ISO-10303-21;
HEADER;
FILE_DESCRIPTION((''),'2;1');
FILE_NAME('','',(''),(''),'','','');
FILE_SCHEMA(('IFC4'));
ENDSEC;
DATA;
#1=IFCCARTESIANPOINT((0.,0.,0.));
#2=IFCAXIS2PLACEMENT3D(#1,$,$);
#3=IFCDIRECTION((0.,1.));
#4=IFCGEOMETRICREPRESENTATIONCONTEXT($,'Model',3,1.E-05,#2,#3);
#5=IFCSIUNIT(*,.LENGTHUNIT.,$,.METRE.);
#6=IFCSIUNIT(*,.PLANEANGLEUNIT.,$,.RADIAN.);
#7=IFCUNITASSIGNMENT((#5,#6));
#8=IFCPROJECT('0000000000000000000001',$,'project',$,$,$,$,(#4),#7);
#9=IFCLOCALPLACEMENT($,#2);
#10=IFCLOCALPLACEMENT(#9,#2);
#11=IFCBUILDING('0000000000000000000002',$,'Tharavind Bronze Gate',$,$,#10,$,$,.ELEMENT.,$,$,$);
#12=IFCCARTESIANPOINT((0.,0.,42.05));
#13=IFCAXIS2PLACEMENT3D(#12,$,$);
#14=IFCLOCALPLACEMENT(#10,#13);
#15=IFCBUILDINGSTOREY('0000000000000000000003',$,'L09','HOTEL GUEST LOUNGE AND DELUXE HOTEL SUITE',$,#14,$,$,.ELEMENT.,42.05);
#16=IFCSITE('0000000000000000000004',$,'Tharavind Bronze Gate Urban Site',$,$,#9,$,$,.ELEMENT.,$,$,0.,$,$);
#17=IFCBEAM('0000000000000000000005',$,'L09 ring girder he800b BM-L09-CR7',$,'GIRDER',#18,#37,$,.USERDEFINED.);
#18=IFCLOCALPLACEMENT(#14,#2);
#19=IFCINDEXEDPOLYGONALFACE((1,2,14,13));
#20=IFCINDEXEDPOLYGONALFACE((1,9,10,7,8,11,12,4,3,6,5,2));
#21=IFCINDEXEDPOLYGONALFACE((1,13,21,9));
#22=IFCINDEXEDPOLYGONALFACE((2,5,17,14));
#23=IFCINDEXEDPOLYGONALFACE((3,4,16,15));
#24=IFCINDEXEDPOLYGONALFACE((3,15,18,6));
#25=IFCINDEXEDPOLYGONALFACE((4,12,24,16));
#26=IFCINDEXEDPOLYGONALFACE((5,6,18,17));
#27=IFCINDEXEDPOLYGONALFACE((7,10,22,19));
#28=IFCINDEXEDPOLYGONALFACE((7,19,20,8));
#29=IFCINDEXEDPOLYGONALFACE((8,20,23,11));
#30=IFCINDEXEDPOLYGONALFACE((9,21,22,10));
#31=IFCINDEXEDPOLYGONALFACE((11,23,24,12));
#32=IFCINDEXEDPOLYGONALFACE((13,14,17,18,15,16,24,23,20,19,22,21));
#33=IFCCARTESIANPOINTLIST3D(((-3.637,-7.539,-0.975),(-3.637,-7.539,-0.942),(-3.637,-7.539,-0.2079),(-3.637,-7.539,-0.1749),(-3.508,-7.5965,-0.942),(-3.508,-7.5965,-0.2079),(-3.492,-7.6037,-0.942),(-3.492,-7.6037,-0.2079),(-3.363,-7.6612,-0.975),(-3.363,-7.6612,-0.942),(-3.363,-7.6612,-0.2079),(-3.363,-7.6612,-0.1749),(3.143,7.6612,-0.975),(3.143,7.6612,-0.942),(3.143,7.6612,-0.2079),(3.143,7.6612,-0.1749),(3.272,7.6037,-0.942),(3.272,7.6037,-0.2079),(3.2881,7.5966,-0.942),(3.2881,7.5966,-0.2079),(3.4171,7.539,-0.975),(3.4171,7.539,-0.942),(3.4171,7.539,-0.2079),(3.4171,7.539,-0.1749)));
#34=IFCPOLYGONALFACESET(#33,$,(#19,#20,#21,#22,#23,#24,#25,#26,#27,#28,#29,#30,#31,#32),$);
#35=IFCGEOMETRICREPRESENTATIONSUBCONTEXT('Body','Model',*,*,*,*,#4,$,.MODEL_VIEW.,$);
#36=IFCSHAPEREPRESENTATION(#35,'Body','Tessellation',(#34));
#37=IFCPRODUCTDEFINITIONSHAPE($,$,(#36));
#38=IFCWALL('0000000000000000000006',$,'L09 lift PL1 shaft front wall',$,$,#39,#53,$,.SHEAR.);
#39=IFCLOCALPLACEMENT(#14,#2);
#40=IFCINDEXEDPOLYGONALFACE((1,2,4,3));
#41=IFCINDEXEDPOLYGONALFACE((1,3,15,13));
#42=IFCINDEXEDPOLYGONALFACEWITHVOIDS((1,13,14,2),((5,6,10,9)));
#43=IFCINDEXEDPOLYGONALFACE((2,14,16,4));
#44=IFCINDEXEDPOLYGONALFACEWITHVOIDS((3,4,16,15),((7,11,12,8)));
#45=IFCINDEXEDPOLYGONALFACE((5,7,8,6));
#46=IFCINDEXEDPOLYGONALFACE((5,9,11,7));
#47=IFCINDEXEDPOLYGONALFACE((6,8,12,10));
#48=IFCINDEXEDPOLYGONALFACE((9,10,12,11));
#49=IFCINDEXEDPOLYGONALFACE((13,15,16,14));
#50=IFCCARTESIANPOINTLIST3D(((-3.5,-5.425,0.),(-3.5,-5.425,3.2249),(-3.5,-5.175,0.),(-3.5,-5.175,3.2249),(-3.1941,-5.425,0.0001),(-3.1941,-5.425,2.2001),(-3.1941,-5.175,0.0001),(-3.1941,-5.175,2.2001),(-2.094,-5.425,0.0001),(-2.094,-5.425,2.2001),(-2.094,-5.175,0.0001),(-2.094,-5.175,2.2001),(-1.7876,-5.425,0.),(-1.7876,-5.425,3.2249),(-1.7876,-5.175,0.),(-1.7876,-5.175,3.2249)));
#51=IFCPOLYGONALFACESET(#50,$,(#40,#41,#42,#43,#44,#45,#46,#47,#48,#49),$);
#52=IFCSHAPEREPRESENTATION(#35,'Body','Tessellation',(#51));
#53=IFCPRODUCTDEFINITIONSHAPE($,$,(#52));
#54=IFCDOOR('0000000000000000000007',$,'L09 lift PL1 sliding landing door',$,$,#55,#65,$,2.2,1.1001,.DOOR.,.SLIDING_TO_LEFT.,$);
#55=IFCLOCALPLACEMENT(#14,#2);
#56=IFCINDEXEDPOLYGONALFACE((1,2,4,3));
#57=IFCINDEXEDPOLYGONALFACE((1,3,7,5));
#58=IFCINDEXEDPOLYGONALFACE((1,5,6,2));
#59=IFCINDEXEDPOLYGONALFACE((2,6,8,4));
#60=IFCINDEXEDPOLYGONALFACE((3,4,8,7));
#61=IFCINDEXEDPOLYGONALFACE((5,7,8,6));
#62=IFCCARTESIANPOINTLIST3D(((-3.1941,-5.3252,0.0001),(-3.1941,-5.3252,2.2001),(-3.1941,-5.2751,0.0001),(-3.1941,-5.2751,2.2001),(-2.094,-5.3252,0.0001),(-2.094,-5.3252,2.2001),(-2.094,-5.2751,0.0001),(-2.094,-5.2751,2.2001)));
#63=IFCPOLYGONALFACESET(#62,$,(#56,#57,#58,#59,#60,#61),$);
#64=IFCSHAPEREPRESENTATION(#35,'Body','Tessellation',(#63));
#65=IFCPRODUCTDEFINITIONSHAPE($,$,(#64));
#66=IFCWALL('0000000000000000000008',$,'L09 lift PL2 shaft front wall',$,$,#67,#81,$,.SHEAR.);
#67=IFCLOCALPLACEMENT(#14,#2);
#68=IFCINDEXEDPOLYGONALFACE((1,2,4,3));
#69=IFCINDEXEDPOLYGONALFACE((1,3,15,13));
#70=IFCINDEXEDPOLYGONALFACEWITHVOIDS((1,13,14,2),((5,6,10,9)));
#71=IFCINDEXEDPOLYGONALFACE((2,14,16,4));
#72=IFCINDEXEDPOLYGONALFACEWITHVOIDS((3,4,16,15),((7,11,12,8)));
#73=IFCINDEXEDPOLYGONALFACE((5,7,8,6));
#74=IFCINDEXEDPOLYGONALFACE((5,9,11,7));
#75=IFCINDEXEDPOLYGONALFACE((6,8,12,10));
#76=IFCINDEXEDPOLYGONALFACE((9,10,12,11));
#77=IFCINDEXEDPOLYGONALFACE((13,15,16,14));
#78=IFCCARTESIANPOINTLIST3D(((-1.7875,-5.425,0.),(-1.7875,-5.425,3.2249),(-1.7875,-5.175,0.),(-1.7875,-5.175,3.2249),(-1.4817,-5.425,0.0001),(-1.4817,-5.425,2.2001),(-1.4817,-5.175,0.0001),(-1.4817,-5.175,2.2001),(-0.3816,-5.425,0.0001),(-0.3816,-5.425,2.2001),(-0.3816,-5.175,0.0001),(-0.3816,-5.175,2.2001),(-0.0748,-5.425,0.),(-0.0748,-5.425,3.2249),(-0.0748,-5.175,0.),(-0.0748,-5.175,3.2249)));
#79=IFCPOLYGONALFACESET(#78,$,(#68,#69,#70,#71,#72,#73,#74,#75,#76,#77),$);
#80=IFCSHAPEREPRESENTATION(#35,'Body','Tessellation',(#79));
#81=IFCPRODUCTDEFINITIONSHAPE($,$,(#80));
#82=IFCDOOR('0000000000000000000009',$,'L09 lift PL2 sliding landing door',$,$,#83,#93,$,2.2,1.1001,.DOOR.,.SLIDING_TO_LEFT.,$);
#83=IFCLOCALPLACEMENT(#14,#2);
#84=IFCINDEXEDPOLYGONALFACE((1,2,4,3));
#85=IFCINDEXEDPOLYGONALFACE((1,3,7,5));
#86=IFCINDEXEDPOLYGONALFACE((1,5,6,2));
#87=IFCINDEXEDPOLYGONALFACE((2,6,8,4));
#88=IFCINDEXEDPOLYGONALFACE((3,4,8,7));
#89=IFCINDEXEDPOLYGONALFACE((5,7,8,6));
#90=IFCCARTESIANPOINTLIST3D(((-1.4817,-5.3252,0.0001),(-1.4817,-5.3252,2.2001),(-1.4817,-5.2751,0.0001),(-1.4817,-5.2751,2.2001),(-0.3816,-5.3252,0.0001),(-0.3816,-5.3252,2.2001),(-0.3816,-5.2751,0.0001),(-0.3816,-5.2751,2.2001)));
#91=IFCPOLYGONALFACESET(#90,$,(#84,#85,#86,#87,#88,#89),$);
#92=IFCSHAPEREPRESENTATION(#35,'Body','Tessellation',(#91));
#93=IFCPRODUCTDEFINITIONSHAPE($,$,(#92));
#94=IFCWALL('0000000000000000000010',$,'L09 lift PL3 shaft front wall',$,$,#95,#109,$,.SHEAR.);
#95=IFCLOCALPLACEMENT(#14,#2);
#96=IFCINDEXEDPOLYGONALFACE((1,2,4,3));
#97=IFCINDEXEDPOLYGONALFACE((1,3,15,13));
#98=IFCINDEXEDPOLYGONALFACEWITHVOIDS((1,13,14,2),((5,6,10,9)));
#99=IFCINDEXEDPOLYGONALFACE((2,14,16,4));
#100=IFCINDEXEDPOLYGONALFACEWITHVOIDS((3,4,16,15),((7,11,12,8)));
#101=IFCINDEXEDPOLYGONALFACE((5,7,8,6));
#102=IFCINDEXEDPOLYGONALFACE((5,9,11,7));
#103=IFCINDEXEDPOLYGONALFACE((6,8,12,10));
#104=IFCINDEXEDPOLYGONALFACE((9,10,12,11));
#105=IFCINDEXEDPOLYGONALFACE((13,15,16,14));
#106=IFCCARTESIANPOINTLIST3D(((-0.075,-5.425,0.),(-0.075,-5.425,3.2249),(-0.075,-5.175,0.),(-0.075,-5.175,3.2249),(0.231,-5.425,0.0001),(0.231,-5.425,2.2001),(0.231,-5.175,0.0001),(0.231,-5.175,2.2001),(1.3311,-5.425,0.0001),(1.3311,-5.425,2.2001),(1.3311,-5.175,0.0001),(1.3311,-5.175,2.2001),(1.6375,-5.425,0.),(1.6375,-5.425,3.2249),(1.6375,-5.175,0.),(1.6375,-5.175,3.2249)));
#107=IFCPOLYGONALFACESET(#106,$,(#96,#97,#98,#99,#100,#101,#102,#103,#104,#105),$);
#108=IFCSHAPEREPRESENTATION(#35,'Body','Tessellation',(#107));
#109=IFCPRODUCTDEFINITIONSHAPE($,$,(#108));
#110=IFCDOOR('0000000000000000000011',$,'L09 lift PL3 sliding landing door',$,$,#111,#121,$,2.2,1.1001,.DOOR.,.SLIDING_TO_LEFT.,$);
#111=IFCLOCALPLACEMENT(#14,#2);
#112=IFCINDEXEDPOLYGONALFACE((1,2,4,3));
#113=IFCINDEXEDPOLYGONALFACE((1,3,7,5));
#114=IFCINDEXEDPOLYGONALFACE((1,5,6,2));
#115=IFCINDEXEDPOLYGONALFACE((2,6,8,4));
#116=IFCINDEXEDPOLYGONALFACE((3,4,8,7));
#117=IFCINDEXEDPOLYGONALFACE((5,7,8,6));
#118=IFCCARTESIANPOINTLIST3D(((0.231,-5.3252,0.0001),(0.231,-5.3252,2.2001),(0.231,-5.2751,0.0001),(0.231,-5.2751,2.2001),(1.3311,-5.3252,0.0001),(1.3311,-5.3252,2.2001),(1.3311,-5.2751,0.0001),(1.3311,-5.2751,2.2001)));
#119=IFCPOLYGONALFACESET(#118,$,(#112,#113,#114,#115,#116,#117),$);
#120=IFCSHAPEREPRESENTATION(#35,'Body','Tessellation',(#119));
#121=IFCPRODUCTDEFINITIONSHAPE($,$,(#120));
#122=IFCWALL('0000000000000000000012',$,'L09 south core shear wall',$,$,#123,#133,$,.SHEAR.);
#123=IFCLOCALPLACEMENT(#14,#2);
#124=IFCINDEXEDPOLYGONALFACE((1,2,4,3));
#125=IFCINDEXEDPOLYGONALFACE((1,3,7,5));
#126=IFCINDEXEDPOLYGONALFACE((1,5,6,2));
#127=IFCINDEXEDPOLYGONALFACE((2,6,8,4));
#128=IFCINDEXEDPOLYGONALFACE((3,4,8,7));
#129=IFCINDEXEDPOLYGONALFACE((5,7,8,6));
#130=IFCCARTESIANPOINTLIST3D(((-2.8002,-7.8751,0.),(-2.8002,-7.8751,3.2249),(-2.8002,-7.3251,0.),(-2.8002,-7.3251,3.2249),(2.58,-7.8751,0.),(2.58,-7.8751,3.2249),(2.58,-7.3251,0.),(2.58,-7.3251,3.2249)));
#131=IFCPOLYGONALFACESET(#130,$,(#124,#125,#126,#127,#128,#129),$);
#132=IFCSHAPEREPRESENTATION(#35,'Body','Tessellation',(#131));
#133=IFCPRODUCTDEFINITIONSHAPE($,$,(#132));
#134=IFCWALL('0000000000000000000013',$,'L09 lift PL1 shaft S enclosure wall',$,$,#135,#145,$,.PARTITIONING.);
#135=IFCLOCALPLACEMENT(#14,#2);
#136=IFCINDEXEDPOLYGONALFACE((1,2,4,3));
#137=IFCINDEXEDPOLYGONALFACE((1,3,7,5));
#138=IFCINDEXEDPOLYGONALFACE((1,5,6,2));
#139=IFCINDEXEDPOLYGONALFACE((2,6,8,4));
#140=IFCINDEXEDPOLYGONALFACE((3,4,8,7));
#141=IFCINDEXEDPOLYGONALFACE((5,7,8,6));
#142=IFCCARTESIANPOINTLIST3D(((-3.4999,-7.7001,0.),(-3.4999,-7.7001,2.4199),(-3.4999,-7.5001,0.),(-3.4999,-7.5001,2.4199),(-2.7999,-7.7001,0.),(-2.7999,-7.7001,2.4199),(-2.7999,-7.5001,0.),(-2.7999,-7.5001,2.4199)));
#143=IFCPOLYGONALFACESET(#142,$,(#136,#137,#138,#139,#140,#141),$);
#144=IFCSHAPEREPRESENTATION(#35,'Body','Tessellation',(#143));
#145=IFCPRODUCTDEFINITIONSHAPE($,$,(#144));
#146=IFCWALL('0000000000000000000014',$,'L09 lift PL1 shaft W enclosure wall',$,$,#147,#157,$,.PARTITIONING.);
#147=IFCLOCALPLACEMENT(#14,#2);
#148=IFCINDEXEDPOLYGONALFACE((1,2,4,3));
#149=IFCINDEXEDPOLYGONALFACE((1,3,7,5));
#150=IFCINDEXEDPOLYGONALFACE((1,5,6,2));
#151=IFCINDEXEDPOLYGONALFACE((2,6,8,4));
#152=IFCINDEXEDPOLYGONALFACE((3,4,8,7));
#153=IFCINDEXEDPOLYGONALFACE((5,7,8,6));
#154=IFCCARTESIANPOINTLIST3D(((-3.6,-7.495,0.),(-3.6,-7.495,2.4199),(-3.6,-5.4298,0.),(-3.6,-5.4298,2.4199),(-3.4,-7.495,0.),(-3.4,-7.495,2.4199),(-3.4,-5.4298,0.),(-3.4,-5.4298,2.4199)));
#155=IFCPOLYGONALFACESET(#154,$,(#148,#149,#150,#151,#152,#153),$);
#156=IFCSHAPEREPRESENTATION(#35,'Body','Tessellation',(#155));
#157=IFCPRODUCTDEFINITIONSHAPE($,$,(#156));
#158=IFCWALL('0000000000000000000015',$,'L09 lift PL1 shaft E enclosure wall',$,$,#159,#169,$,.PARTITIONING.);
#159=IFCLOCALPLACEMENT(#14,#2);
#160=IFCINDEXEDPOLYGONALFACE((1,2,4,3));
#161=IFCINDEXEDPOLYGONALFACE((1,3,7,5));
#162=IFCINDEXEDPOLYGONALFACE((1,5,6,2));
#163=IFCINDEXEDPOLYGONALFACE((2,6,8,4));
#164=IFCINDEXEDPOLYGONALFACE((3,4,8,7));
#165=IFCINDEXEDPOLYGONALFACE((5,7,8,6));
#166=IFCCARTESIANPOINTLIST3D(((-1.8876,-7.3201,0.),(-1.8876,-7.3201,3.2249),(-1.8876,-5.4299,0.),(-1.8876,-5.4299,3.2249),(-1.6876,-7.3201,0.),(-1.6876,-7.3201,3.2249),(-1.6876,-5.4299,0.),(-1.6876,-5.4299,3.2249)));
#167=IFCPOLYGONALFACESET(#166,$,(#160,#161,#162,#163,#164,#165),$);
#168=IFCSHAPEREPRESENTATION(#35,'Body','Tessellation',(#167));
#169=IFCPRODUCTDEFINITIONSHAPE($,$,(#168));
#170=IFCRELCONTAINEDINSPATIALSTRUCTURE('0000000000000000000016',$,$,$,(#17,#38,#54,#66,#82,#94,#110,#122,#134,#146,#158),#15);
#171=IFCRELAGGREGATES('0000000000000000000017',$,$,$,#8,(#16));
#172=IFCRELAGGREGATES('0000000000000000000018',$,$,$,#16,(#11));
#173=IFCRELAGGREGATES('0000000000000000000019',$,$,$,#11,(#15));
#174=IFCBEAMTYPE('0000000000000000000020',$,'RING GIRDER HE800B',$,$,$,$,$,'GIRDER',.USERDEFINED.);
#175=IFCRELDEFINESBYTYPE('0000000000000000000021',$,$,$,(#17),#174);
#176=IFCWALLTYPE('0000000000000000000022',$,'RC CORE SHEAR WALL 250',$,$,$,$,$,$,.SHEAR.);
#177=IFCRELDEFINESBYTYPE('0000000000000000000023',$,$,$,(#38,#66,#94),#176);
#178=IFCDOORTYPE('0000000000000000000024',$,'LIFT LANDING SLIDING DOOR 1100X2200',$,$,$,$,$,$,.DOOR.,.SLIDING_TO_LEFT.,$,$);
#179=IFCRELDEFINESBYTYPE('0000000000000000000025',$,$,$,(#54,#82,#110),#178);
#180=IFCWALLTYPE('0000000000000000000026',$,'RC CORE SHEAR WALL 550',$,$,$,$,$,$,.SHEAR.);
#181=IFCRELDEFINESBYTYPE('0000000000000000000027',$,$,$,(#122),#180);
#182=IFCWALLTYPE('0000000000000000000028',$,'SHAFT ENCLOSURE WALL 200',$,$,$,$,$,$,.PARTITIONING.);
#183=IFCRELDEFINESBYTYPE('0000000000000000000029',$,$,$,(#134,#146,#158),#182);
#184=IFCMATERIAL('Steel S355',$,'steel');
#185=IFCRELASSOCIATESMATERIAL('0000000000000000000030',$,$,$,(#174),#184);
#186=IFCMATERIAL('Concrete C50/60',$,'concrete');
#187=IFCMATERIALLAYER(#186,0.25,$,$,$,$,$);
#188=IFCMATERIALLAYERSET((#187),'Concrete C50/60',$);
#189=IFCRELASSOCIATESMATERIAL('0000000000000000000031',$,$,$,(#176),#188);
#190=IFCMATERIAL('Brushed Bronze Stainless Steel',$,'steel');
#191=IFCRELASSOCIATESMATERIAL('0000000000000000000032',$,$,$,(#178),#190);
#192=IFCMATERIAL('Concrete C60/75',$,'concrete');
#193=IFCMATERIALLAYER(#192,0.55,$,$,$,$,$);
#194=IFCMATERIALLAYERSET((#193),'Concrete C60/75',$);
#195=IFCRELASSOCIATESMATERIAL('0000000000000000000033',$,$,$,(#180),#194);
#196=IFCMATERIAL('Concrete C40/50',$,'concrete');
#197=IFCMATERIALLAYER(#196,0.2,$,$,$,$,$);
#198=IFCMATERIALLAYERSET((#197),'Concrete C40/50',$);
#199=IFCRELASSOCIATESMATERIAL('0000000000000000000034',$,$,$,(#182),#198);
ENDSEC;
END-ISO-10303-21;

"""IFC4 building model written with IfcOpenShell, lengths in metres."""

from ifc_helpers import new_model, si_unit, direction, frame, frame_2d, origin, origin_2d, place, context, subcontext, project, spatial, rectangle, i_section, extrude, material, layer, layer_set, material_profile, profile_set, type_object, element, fill, save


model = new_model("IFC4")

# Units and contexts
model_context = context("Model", 3, precision=1e-05, world=origin(), true_north=direction((0.0, 1.0)))
body_context = subcontext(model_context, "Body", "Model", "MODEL_VIEW")
ifc_project = project(units=[si_unit("LENGTHUNIT", "METRE"), si_unit("PLANEANGLEUNIT", "RADIAN")], contexts=[model_context])

# Site, building, storey
site_placement = place(None, origin())
site = spatial("IfcSite", under=ifc_project, at=site_placement, Name="Tharavind Bronze Gate Urban Site", CompositionType="ELEMENT", RefElevation=0.0)
building_placement = place(site_placement, origin())
building = spatial("IfcBuilding", under=site, at=building_placement, Name="Tharavind Bronze Gate", CompositionType="ELEMENT")
storey_placement = place(building_placement, frame((0.0, 0.0, 42.05)))
storey = spatial("IfcBuildingStorey", under=building, at=storey_placement, Name="L09", Description="HOTEL GUEST LOUNGE AND DELUXE HOTEL SUITE", CompositionType="ELEMENT", Elevation=42.05)

# Beam
ifc_material_1 = material(Name="Steel S355", Category="steel")
ifc_material_profile = material_profile(ifc_material_1, i_section(OverallWidth=0.3, OverallDepth=0.8, WebThickness=0.0176, FlangeThickness=0.033, at=origin_2d()), Name="HE800B")
ifc_profile_set = profile_set([ifc_material_profile], Name="Steel S355")
beam_type = type_object("IfcBeamType", Name="RING GIRDER HE800B", ElementType="GIRDER", PredefinedType="USERDEFINED", material=ifc_profile_set)
beam_placement = place(storey_placement, frame((-3.5, -7.6001, -0.575), z_axis=(0.407362, 0.913267, 0.0), x_axis=(-0.913267, 0.407362, 0.0)))
element("IfcBeam", 1, at=beam_placement, inside=storey, type_object=beam_type, Name="L09 ring girder he800b BM-L09-CR7", ObjectType="GIRDER", PredefinedType="USERDEFINED", context=body_context, shape_type="SweptSolid", body=[
    extrude(i_section(OverallWidth=0.3, OverallDepth=0.8, WebThickness=0.0176, FlangeThickness=0.033, at=origin_2d()), origin(), (0.0, 0.0, 1.0), 16.6438),
])

# Walls, openings, doors
ifc_material_2 = material(Name="Concrete C50/60", Category="concrete")
ifc_layer_1 = layer(ifc_material_2, 0.25)
ifc_layer_set_1 = layer_set([ifc_layer_1], Name="Concrete C50/60")
wall_type_1 = type_object("IfcWallType", Name="RC CORE SHEAR WALL 250", PredefinedType="SHEAR", material=ifc_layer_set_1)
wall_1_placement = place(storey_placement, frame((-3.5, -5.3, 0.0), z_axis=(0.0, 0.0, 1.0), x_axis=(1.0, 0.0, 0.0)))
wall_1 = element("IfcWall", 2, at=wall_1_placement, inside=storey, type_object=wall_type_1, Name="L09 lift PL1 shaft front wall", PredefinedType="SHEAR", context=body_context, shape_type="SweptSolid", body=[
    extrude(rectangle(XDim=1.7124, YDim=0.25, at=frame_2d((0.8562, 0.0))), origin(), (0.0, 0.0, 1.0), 3.2249),
])
opening_1_placement = place(wall_1_placement, frame((0.3059, 0.0, 0.0)))
opening_1 = element("IfcOpeningElement", 3, at=opening_1_placement, cuts=wall_1, PredefinedType="OPENING", context=body_context, shape_type="SweptSolid", body=[
    extrude(rectangle(XDim=1.1001, YDim=2.2, at=frame_2d((0.55, 1.1001))), frame((0.0, 0.135, 0.0), z_axis=(0.0, -1.0, 0.0), x_axis=(1.0, 0.0, 0.0)), (0.0, 0.0, 1.0), 0.27),
])
ifc_material_3 = material(Name="Brushed Bronze Stainless Steel", Category="steel")
door_type_1 = type_object("IfcDoorType", Name="LIFT LANDING SLIDING DOOR 1100X2200", OperationType="SLIDING_TO_LEFT", PredefinedType="DOOR", material=ifc_material_3)
door_1_placement = place(opening_1_placement, origin())
door_1 = element("IfcDoor", 4, at=door_1_placement, inside=storey, type_object=door_type_1, Name="L09 lift PL1 sliding landing door", OperationType="SLIDING_TO_LEFT", OverallHeight=2.2, OverallWidth=1.1001, PredefinedType="DOOR", context=body_context, shape_type="SweptSolid", body=[
    extrude(rectangle(XDim=1.1001, YDim=2.2, at=frame_2d((0.55, 1.1001))), frame((0.0, 0.0249, 0.0), z_axis=(0.0, -1.0, 0.0), x_axis=(1.0, 0.0, 0.0)), (0.0, 0.0, 1.0), 0.05),
])
fill(opening_1, door_1)
wall_2_placement = place(storey_placement, frame((-1.7876, -5.3, 0.0), z_axis=(0.0, 0.0, 1.0), x_axis=(1.0, 0.0, 0.0)))
wall_2 = element("IfcWall", 5, at=wall_2_placement, inside=storey, type_object=wall_type_1, Name="L09 lift PL2 shaft front wall", PredefinedType="SHEAR", context=body_context, shape_type="SweptSolid", body=[
    extrude(rectangle(XDim=1.7126, YDim=0.25, at=frame_2d((0.8564, 0.0))), origin(), (0.0, 0.0, 1.0), 3.2249),
])
opening_2_placement = place(wall_2_placement, frame((0.3059, 0.0, 0.0)))
opening_2 = element("IfcOpeningElement", 6, at=opening_2_placement, cuts=wall_2, PredefinedType="OPENING", context=body_context, shape_type="SweptSolid", body=[
    extrude(rectangle(XDim=1.1001, YDim=2.2, at=frame_2d((0.55, 1.1001))), frame((0.0, 0.135, 0.0), z_axis=(0.0, -1.0, 0.0), x_axis=(1.0, 0.0, 0.0)), (0.0, 0.0, 1.0), 0.27),
])
door_2_placement = place(opening_2_placement, origin())
door_2 = element("IfcDoor", 7, at=door_2_placement, inside=storey, type_object=door_type_1, Name="L09 lift PL2 sliding landing door", OperationType="SLIDING_TO_LEFT", OverallHeight=2.2, OverallWidth=1.1001, PredefinedType="DOOR", context=body_context, shape_type="SweptSolid", body=[
    extrude(rectangle(XDim=1.1001, YDim=2.2, at=frame_2d((0.55, 1.1001))), frame((0.0, 0.0249, 0.0), z_axis=(0.0, -1.0, 0.0), x_axis=(1.0, 0.0, 0.0)), (0.0, 0.0, 1.0), 0.05),
])
fill(opening_2, door_2)
wall_3_placement = place(storey_placement, frame((-0.075, -5.3, 0.0), z_axis=(0.0, 0.0, 1.0), x_axis=(1.0, 0.0, 0.0)))
wall_3 = element("IfcWall", 8, at=wall_3_placement, inside=storey, type_object=wall_type_1, Name="L09 lift PL3 shaft front wall", PredefinedType="SHEAR", context=body_context, shape_type="SweptSolid", body=[
    extrude(rectangle(XDim=1.7124, YDim=0.25, at=frame_2d((0.8562, 0.0))), origin(), (0.0, 0.0, 1.0), 3.2249),
])
opening_3_placement = place(wall_3_placement, frame((0.3059, 0.0, 0.0)))
opening_3 = element("IfcOpeningElement", 9, at=opening_3_placement, cuts=wall_3, PredefinedType="OPENING", context=body_context, shape_type="SweptSolid", body=[
    extrude(rectangle(XDim=1.1001, YDim=2.2, at=frame_2d((0.55, 1.1001))), frame((0.0, 0.135, 0.0), z_axis=(0.0, -1.0, 0.0), x_axis=(1.0, 0.0, 0.0)), (0.0, 0.0, 1.0), 0.27),
])
door_3_placement = place(opening_3_placement, origin())
door_3 = element("IfcDoor", 10, at=door_3_placement, inside=storey, type_object=door_type_1, Name="L09 lift PL3 sliding landing door", OperationType="SLIDING_TO_LEFT", OverallHeight=2.2, OverallWidth=1.1001, PredefinedType="DOOR", context=body_context, shape_type="SweptSolid", body=[
    extrude(rectangle(XDim=1.1001, YDim=2.2, at=frame_2d((0.55, 1.1001))), frame((0.0, 0.0249, 0.0), z_axis=(0.0, -1.0, 0.0), x_axis=(1.0, 0.0, 0.0)), (0.0, 0.0, 1.0), 0.05),
])
fill(opening_3, door_3)

# Walls
ifc_material_4 = material(Name="Concrete C60/75", Category="concrete")
ifc_layer_2 = layer(ifc_material_4, 0.55)
ifc_layer_set_2 = layer_set([ifc_layer_2], Name="Concrete C60/75")
wall_type_2 = type_object("IfcWallType", Name="RC CORE SHEAR WALL 550", PredefinedType="SHEAR", material=ifc_layer_set_2)
wall_4_placement = place(storey_placement, frame((-2.8, -7.6001, 0.0), z_axis=(0.0, 0.0, 1.0), x_axis=(1.0, 0.0, 0.0)))
element("IfcWall", 11, at=wall_4_placement, inside=storey, type_object=wall_type_2, Name="L09 south core shear wall", PredefinedType="SHEAR", context=body_context, shape_type="SweptSolid", body=[
    extrude(rectangle(XDim=5.3801, YDim=0.55, at=frame_2d((2.6899, 0.0))), origin(), (0.0, 0.0, 1.0), 3.2249),
])
ifc_material_5 = material(Name="Concrete C40/50", Category="concrete")
ifc_layer_3 = layer(ifc_material_5, 0.2)
ifc_layer_set_3 = layer_set([ifc_layer_3], Name="Concrete C40/50")
wall_type_3 = type_object("IfcWallType", Name="SHAFT ENCLOSURE WALL 200", PredefinedType="PARTITIONING", material=ifc_layer_set_3)
wall_5_placement = place(storey_placement, frame((-3.5, -7.6001, 0.0), z_axis=(0.0, 0.0, 1.0), x_axis=(1.0, 0.0, 0.0)))
element("IfcWall", 12, at=wall_5_placement, inside=storey, type_object=wall_type_3, Name="L09 lift PL1 shaft S enclosure wall", PredefinedType="PARTITIONING", context=body_context, shape_type="SweptSolid", body=[
    extrude(rectangle(XDim=0.7, YDim=0.2, at=frame_2d((0.3501, 0.0))), origin(), (0.0, 0.0, 1.0), 2.4199),
])
wall_6_placement = place(storey_placement, frame((-3.5, -7.4951, 0.0), z_axis=(0.0, 0.0, 1.0), x_axis=(0.0, 1.0, 0.0)))
element("IfcWall", 13, at=wall_6_placement, inside=storey, type_object=wall_type_3, Name="L09 lift PL1 shaft W enclosure wall", PredefinedType="PARTITIONING", context=body_context, shape_type="SweptSolid", body=[
    extrude(rectangle(XDim=2.0652, YDim=0.2, at=frame_2d((1.0327, 0.0))), origin(), (0.0, 0.0, 1.0), 2.4199),
])
for number, where, z_axis, x_axis, name in (
    (14, (-1.7876, -7.3201, 0.0), (0.0, 0.0, 1.0), (0.0, 1.0, 0.0), "L09 lift PL1 shaft E enclosure wall"),
):
    element("IfcWall", number, at=place(storey_placement, frame(where, z_axis=z_axis, x_axis=x_axis)), inside=storey, type_object=wall_type_3, Name=name, PredefinedType="PARTITIONING", context=body_context, shape_type="SweptSolid", body=[
        extrude(rectangle(XDim=1.8901, YDim=0.2, at=frame_2d((0.9451, 0.0))), origin(), (0.0, 0.0, 1.0), 3.2249),
    ])

save(model, "model.ifc")
